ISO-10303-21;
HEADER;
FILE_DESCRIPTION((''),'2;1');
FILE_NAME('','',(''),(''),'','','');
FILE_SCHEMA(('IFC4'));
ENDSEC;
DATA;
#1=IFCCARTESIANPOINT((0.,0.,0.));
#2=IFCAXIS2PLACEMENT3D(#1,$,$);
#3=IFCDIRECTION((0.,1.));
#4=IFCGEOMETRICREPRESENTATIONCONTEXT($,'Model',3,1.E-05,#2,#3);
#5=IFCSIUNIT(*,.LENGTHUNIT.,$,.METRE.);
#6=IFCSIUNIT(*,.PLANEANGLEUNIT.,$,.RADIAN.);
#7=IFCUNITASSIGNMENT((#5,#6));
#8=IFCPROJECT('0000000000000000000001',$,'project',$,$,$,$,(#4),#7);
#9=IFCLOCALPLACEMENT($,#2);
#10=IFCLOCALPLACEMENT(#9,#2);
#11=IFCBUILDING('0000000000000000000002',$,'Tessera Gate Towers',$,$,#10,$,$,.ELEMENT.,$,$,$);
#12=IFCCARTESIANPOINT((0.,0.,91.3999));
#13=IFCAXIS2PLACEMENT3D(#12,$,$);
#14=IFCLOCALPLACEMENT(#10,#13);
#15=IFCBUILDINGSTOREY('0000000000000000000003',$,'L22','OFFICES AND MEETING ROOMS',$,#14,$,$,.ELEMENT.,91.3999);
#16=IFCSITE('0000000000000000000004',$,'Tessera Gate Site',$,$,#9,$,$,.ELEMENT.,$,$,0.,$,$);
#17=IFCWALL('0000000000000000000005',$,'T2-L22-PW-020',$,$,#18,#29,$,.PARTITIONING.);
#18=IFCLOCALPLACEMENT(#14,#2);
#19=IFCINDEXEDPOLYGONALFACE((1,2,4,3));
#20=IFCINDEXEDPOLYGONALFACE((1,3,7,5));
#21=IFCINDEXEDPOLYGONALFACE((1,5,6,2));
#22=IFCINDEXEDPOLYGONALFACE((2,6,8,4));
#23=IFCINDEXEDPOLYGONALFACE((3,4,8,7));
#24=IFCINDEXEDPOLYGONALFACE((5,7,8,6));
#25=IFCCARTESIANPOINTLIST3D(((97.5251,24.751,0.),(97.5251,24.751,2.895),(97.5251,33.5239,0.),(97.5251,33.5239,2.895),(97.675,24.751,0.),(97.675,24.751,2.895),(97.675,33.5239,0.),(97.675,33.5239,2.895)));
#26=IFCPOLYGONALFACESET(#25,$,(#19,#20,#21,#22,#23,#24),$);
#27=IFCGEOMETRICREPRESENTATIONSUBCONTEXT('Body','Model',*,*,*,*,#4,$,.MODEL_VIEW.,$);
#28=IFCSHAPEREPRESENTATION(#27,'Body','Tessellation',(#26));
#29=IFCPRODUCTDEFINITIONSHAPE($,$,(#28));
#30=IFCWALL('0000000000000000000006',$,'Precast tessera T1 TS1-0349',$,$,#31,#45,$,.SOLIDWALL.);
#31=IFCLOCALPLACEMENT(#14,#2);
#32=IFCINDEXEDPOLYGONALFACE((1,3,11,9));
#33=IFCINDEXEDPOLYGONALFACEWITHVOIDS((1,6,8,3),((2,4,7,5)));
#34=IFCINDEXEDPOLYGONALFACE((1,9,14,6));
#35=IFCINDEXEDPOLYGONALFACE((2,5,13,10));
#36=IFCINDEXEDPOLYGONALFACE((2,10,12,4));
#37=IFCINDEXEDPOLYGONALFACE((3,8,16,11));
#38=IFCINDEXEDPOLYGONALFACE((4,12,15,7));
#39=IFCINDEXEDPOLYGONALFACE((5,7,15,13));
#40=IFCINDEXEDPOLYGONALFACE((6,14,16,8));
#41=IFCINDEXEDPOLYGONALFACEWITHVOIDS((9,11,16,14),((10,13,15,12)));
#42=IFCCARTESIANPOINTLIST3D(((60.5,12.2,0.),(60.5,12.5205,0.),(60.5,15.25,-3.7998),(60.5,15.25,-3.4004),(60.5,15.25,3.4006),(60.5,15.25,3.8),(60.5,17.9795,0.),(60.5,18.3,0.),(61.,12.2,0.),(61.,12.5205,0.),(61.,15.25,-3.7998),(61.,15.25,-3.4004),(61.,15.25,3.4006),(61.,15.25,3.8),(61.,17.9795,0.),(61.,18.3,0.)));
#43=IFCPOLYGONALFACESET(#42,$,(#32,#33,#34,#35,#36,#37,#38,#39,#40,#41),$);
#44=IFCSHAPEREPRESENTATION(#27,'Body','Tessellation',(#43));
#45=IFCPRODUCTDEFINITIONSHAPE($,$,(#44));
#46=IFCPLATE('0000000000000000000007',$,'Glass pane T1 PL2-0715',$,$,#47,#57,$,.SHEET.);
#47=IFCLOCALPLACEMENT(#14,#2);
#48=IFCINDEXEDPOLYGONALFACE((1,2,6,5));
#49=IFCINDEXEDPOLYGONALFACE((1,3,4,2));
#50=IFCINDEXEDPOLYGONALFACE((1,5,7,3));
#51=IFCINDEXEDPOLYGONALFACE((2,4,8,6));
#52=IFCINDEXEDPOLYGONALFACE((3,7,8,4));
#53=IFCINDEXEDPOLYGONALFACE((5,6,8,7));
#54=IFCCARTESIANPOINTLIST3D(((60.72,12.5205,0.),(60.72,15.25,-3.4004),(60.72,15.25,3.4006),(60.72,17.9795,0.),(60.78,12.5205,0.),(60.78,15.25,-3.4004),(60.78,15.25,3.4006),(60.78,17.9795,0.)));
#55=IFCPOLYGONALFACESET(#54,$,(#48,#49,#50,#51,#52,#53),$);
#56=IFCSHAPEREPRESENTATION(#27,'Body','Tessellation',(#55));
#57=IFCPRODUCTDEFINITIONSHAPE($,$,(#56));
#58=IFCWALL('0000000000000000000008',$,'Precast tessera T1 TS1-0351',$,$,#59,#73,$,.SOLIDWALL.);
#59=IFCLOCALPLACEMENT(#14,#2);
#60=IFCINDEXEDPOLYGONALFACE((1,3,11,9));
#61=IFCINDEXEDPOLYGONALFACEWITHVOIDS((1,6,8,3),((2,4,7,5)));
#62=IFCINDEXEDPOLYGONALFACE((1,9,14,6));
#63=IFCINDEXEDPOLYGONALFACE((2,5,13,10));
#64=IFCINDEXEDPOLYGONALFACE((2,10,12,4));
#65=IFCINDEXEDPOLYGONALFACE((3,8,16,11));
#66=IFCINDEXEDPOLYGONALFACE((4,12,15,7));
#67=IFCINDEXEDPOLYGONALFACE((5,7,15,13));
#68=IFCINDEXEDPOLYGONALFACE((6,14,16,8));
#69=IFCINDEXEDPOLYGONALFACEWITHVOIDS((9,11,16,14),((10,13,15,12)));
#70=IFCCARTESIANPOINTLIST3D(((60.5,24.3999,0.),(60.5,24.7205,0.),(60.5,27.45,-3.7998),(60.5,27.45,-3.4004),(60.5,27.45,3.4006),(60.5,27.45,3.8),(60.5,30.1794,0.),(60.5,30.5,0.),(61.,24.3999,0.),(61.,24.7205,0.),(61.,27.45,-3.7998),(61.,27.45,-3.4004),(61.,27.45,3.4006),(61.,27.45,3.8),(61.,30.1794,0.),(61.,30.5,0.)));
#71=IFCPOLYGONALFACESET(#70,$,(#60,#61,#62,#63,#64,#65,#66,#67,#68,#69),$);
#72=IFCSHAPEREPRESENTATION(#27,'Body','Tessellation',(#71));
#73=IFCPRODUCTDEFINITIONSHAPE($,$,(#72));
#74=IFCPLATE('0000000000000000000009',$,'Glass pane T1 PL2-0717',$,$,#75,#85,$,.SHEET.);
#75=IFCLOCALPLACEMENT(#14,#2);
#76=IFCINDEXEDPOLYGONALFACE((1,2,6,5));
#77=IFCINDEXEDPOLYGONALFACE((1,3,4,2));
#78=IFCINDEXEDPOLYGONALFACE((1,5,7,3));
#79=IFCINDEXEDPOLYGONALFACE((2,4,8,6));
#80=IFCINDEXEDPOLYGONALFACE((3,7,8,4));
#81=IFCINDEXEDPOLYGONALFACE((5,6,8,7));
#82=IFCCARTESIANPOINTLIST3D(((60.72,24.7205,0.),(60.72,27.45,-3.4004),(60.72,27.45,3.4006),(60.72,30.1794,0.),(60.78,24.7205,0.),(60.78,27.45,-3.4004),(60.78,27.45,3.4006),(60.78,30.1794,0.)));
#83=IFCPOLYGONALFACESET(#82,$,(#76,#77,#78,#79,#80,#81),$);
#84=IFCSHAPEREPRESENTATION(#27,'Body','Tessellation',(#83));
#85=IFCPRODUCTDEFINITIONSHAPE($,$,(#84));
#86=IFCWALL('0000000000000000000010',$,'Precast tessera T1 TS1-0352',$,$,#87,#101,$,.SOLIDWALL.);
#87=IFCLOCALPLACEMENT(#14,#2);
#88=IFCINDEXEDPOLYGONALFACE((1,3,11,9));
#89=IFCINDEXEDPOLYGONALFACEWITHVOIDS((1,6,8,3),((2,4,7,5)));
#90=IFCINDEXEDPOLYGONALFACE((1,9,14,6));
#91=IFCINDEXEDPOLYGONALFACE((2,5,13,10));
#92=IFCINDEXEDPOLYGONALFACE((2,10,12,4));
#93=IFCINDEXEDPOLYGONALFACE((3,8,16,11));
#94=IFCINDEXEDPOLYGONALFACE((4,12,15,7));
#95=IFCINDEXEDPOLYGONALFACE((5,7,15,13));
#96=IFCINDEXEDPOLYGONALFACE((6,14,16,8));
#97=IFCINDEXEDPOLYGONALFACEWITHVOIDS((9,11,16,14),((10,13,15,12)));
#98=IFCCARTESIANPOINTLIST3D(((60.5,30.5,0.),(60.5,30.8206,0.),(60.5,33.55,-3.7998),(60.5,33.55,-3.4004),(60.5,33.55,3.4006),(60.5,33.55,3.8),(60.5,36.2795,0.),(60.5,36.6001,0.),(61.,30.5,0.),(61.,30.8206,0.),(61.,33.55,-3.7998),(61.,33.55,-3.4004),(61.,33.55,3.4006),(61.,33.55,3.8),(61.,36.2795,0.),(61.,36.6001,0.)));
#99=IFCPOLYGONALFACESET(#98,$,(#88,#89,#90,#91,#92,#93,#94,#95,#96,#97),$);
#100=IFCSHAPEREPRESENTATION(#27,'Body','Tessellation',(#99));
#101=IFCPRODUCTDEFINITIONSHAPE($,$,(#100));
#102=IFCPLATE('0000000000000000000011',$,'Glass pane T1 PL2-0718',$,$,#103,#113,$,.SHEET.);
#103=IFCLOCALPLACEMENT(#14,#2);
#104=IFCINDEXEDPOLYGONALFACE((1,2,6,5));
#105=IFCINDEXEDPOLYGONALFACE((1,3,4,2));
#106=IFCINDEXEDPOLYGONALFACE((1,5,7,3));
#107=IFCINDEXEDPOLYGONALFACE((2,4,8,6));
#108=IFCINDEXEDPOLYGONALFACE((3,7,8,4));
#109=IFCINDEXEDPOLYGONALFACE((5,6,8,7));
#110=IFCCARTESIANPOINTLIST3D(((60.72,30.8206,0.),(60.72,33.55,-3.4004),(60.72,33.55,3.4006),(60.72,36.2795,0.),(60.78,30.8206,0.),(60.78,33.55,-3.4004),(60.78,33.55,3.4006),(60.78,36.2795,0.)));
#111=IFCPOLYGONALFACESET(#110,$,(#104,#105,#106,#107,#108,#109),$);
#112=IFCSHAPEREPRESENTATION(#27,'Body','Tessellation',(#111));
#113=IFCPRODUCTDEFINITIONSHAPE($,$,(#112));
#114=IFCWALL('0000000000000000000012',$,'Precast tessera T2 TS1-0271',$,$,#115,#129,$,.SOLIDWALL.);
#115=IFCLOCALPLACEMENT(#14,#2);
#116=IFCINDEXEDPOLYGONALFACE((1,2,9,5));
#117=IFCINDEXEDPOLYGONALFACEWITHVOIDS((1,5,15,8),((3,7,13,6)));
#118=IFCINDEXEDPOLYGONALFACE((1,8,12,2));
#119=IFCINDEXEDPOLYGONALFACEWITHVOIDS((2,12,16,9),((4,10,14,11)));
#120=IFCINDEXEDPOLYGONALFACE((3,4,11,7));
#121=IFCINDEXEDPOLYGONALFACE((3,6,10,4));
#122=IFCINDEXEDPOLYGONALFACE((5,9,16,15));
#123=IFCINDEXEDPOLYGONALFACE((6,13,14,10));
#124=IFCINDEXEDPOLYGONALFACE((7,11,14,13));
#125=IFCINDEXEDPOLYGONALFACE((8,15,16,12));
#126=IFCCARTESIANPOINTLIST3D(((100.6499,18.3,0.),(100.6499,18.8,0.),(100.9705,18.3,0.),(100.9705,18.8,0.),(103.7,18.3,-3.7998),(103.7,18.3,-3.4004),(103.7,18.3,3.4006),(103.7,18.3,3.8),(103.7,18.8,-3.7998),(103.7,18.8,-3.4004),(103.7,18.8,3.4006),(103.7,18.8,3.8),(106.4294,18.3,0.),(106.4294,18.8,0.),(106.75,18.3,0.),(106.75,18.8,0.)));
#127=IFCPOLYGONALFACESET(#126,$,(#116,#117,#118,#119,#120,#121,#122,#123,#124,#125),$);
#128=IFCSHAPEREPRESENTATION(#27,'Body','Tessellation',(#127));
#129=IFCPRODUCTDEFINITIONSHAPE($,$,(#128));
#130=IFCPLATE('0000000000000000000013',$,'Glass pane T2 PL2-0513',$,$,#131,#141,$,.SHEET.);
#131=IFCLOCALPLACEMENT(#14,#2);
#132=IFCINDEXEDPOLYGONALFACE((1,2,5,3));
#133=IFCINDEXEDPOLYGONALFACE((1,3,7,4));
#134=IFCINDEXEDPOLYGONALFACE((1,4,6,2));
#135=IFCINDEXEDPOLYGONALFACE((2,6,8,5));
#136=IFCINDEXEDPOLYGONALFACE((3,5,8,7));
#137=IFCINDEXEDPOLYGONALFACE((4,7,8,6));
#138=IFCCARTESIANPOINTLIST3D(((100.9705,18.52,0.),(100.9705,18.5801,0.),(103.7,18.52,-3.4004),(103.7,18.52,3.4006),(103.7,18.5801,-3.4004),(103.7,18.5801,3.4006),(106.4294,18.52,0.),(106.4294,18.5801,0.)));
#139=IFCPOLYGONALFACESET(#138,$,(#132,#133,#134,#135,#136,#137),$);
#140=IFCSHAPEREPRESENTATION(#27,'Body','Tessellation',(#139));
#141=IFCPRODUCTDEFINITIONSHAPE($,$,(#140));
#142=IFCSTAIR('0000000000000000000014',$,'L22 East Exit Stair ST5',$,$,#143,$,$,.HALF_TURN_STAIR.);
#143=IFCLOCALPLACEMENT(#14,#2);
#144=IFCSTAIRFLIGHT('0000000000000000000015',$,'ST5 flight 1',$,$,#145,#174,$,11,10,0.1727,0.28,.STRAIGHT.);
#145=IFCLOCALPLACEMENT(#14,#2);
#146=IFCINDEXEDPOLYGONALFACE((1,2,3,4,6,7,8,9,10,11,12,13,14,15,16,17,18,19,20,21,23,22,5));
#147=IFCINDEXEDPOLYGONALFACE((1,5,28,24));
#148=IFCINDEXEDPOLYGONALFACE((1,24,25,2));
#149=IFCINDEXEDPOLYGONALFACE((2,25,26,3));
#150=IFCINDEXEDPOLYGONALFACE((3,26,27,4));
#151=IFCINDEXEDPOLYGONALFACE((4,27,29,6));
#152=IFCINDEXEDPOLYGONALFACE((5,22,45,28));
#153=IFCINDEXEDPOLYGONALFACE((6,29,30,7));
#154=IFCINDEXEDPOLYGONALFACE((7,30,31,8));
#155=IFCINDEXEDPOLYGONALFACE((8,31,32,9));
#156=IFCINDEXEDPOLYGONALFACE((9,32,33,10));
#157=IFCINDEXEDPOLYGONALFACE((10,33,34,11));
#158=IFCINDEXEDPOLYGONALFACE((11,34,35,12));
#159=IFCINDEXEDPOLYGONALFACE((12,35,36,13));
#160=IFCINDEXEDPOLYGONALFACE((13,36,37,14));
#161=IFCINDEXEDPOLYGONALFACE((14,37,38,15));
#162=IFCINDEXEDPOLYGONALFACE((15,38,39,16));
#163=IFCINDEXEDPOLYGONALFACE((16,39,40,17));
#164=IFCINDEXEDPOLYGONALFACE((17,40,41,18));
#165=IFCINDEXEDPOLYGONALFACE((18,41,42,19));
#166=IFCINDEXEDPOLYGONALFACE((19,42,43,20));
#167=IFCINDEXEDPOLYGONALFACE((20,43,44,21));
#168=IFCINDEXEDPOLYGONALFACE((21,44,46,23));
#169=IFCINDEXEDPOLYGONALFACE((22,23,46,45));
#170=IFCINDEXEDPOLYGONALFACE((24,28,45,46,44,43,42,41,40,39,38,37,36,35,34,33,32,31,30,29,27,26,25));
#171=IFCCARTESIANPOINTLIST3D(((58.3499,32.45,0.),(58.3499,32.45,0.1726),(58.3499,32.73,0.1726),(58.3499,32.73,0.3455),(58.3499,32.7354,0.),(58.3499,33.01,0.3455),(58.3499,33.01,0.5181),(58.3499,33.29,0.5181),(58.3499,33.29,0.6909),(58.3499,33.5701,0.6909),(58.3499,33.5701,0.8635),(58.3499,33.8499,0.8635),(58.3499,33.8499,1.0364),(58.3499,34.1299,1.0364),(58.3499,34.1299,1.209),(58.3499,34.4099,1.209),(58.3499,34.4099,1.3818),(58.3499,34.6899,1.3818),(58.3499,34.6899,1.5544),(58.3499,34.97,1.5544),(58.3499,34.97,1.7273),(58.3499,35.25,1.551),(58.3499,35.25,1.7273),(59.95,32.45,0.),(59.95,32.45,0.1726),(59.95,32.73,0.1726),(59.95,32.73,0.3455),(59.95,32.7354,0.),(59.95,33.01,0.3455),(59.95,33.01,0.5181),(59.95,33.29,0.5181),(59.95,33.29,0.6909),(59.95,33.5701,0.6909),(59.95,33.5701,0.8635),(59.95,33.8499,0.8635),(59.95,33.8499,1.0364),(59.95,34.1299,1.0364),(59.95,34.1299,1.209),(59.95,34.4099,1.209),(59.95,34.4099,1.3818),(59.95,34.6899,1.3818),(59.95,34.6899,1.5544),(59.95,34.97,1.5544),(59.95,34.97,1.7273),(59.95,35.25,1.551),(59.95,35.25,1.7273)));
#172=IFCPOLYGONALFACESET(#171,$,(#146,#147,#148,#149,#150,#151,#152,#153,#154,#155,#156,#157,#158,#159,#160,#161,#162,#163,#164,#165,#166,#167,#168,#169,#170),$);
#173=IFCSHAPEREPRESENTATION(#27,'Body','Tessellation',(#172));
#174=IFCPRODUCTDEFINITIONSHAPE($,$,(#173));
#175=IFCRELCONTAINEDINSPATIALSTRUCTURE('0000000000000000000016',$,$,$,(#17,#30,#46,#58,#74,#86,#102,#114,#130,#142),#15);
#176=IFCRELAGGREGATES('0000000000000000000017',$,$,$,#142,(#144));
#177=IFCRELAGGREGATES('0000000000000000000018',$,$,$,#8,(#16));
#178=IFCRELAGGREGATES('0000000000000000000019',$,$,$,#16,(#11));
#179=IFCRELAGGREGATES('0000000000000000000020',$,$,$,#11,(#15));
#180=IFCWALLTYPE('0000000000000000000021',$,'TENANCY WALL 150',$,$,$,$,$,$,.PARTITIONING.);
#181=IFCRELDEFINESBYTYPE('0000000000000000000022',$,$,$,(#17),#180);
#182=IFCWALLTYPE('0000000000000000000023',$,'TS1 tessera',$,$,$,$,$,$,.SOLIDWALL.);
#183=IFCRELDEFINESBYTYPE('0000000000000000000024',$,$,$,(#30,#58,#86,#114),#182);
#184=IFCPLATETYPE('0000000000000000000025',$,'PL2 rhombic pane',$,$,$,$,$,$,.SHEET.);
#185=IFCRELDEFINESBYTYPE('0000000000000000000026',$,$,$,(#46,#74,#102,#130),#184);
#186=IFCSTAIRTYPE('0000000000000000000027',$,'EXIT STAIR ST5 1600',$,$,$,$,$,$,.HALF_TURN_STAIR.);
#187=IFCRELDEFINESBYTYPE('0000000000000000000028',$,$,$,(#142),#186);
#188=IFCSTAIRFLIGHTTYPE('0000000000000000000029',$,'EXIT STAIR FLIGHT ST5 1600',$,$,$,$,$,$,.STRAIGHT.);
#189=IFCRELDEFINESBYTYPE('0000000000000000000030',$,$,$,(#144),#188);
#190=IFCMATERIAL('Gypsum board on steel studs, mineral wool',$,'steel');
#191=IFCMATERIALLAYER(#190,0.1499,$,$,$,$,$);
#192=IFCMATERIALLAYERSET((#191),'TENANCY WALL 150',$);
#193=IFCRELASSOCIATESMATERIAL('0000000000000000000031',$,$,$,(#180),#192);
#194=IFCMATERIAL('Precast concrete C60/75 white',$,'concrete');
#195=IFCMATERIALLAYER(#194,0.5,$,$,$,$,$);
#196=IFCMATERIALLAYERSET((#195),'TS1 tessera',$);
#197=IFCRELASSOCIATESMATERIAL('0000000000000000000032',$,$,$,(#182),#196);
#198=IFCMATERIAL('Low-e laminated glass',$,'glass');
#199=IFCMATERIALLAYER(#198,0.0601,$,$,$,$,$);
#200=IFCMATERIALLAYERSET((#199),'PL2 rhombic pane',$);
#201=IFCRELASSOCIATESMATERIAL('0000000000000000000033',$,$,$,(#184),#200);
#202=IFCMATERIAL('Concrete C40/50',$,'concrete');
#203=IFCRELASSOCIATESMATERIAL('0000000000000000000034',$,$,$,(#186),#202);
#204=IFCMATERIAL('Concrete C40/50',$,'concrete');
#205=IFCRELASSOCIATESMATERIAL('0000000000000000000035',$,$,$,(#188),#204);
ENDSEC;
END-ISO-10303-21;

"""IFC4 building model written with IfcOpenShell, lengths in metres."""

from ifc_helpers import new_model, si_unit, direction, frame, frame_2d, origin, place, context, subcontext, project, spatial, polyline, rectangle, outline, extrude, source, transform, mapped, material, layer, layer_set, type_object, element, fill, aggregate, save


model = new_model("IFC4")

# Units and contexts
model_context = context("Model", 3, precision=1e-05, world=origin(), true_north=direction((0.0, 1.0)))
body_context = subcontext(model_context, "Body", "Model", "MODEL_VIEW")
ifc_project = project(units=[si_unit("LENGTHUNIT", "METRE"), si_unit("PLANEANGLEUNIT", "RADIAN")], contexts=[model_context])

# Site, building, storey
site_placement = place(None, origin())
site = spatial("IfcSite", under=ifc_project, at=site_placement, Name="Tessera Gate Site", CompositionType="ELEMENT", RefElevation=0.0)
building_placement = place(site_placement, origin())
building = spatial("IfcBuilding", under=site, at=building_placement, Name="Tessera Gate Towers", CompositionType="ELEMENT")
storey_placement = place(building_placement, frame((0.0, 0.0, 91.3999)))
storey = spatial("IfcBuildingStorey", under=building, at=storey_placement, Name="L22", Description="OFFICES AND MEETING ROOMS", CompositionType="ELEMENT", Elevation=91.3999)

# Wall
ifc_material_1 = material(Name="Gypsum board on steel studs, mineral wool", Category="steel")
ifc_layer_1 = layer(ifc_material_1, 0.1499)
ifc_layer_set_1 = layer_set([ifc_layer_1], Name="TENANCY WALL 150")
wall_type_1 = type_object("IfcWallType", Name="TENANCY WALL 150", PredefinedType="PARTITIONING", material=ifc_layer_set_1)
wall_1_placement = place(storey_placement, frame((97.6001, 24.751, 0.0), z_axis=(0.0, 0.0, 1.0), x_axis=(0.0, 1.0, 0.0)))
element("IfcWall", 1, at=wall_1_placement, inside=storey, type_object=wall_type_1, Name="T2-L22-PW-020", PredefinedType="PARTITIONING", context=body_context, shape_type="SweptSolid", body=[
    extrude(rectangle(XDim=8.7729, YDim=0.1499, at=frame_2d((4.3865, 0.0))), origin(), (0.0, 0.0, 1.0), 2.895),
])

# Walls, openings, plates
ifc_material_2 = material(Name="Precast concrete C60/75 white", Category="concrete")
ifc_layer_2 = layer(ifc_material_2, 0.5)
ifc_layer_set_2 = layer_set([ifc_layer_2], Name="TS1 tessera")
wall_type_2 = type_object("IfcWallType", Name="TS1 tessera", PredefinedType="SOLIDWALL", material=ifc_layer_set_2)
shared_shape_1 = source(origin(), body_context, "Body", "SweptSolid", [
    extrude(outline(polyline([(3.05, 0.0), (6.1001, 3.7998), (3.05, 7.5999), (0.0, 3.7998), (3.05, 0.0)])), frame((0.0, 0.25, 0.0), z_axis=(0.0, -1.0, 0.0), x_axis=(1.0, 0.0, 0.0)), (0.0, 0.0, 1.0), 0.5),
])
wall_2_placement = place(storey_placement, frame((60.75, 12.2, -3.7998), z_axis=(0.0, 0.0, 1.0), x_axis=(0.0, 1.0, 0.0)))
wall_2 = element("IfcWall", 2, at=wall_2_placement, inside=storey, type_object=wall_type_2, Name="Precast tessera T1 TS1-0349", PredefinedType="SOLIDWALL", context=body_context, shape_type="MappedRepresentation", body=[
    mapped(shared_shape_1, transform((0.0, 0.0, 0.0), scale=1.0)),
])
shared_shape_2 = source(origin(), body_context, "Body", "SweptSolid", [
    extrude(outline(polyline([(3.05, 0.3994), (5.7795, 3.7998), (3.05, 7.2004), (0.3206, 3.7998), (3.05, 0.3994)])), frame((0.0, 0.26, 0.0), z_axis=(0.0, -1.0, 0.0), x_axis=(1.0, 0.0, 0.0)), (0.0, 0.0, 1.0), 0.52),
])
opening_1_placement = place(wall_2_placement, origin())
opening_1 = element("IfcOpeningElement", 3, at=opening_1_placement, cuts=wall_2, PredefinedType="OPENING", context=body_context, shape_type="MappedRepresentation", body=[
    mapped(shared_shape_2, transform((0.0, 0.0, 0.0), scale=1.0)),
])
ifc_material_3 = material(Name="Low-e laminated glass", Category="glass")
ifc_layer_3 = layer(ifc_material_3, 0.0601)
ifc_layer_set_3 = layer_set([ifc_layer_3], Name="PL2 rhombic pane")
plate_type = type_object("IfcPlateType", Name="PL2 rhombic pane", PredefinedType="SHEET", material=ifc_layer_set_3)
shared_shape_3 = source(origin(), body_context, "Body", "SweptSolid", [
    extrude(outline(polyline([(3.05, 0.3994), (5.7795, 3.7998), (3.05, 7.2004), (0.3206, 3.7998), (3.05, 0.3994)])), frame((0.0, 0.03, 0.0), z_axis=(0.0, -1.0, 0.0), x_axis=(1.0, 0.0, 0.0)), (0.0, 0.0, 1.0), 0.0601),
])
plate_1_placement = place(opening_1_placement, origin())
plate_1 = element("IfcPlate", 4, at=plate_1_placement, inside=storey, type_object=plate_type, Name="Glass pane T1 PL2-0715", PredefinedType="SHEET", context=body_context, shape_type="MappedRepresentation", body=[
    mapped(shared_shape_3, transform((0.0, 0.0, 0.0), scale=1.0)),
])
fill(opening_1, plate_1)
wall_3_placement = place(storey_placement, frame((60.75, 24.3999, -3.7998), z_axis=(0.0, 0.0, 1.0), x_axis=(0.0, 1.0, 0.0)))
wall_3 = element("IfcWall", 5, at=wall_3_placement, inside=storey, type_object=wall_type_2, Name="Precast tessera T1 TS1-0351", PredefinedType="SOLIDWALL", context=body_context, shape_type="MappedRepresentation", body=[
    mapped(shared_shape_1, transform((0.0, 0.0, 0.0), scale=1.0)),
])
opening_2_placement = place(wall_3_placement, origin())
opening_2 = element("IfcOpeningElement", 6, at=opening_2_placement, cuts=wall_3, PredefinedType="OPENING", context=body_context, shape_type="MappedRepresentation", body=[
    mapped(shared_shape_2, transform((0.0, 0.0, 0.0), scale=1.0)),
])
plate_2_placement = place(opening_2_placement, origin())
plate_2 = element("IfcPlate", 7, at=plate_2_placement, inside=storey, type_object=plate_type, Name="Glass pane T1 PL2-0717", PredefinedType="SHEET", context=body_context, shape_type="MappedRepresentation", body=[
    mapped(shared_shape_3, transform((0.0, 0.0, 0.0), scale=1.0)),
])
fill(opening_2, plate_2)
wall_4_placement = place(storey_placement, frame((60.75, 30.5, -3.7998), z_axis=(0.0, 0.0, 1.0), x_axis=(0.0, 1.0, 0.0)))
wall_4 = element("IfcWall", 8, at=wall_4_placement, inside=storey, type_object=wall_type_2, Name="Precast tessera T1 TS1-0352", PredefinedType="SOLIDWALL", context=body_context, shape_type="MappedRepresentation", body=[
    mapped(shared_shape_1, transform((0.0, 0.0, 0.0), scale=1.0)),
])
opening_3_placement = place(wall_4_placement, origin())
opening_3 = element("IfcOpeningElement", 9, at=opening_3_placement, cuts=wall_4, PredefinedType="OPENING", context=body_context, shape_type="MappedRepresentation", body=[
    mapped(shared_shape_2, transform((0.0, 0.0, 0.0), scale=1.0)),
])
plate_3_placement = place(opening_3_placement, origin())
plate_3 = element("IfcPlate", 10, at=plate_3_placement, inside=storey, type_object=plate_type, Name="Glass pane T1 PL2-0718", PredefinedType="SHEET", context=body_context, shape_type="MappedRepresentation", body=[
    mapped(shared_shape_3, transform((0.0, 0.0, 0.0), scale=1.0)),
])
fill(opening_3, plate_3)
wall_5_placement = place(storey_placement, frame((100.6499, 18.55, -3.7998), z_axis=(0.0, 0.0, 1.0), x_axis=(1.0, 0.0, 0.0)))
wall_5 = element("IfcWall", 11, at=wall_5_placement, inside=storey, type_object=wall_type_2, Name="Precast tessera T2 TS1-0271", PredefinedType="SOLIDWALL", context=body_context, shape_type="MappedRepresentation", body=[
    mapped(shared_shape_1, transform((0.0, 0.0, 0.0), scale=1.0)),
])
opening_4_placement = place(wall_5_placement, origin())
opening_4 = element("IfcOpeningElement", 12, at=opening_4_placement, cuts=wall_5, PredefinedType="OPENING", context=body_context, shape_type="MappedRepresentation", body=[
    mapped(shared_shape_2, transform((0.0, 0.0, 0.0), scale=1.0)),
])
plate_4_placement = place(opening_4_placement, origin())
plate_4 = element("IfcPlate", 13, at=plate_4_placement, inside=storey, type_object=plate_type, Name="Glass pane T2 PL2-0513", PredefinedType="SHEET", context=body_context, shape_type="MappedRepresentation", body=[
    mapped(shared_shape_3, transform((0.0, 0.0, 0.0), scale=1.0)),
])
fill(opening_4, plate_4)

# Stair, stair flight
ifc_material_4 = material(Name="Concrete C40/50", Category="concrete")
stair_type = type_object("IfcStairType", Name="EXIT STAIR ST5 1600", PredefinedType="HALF_TURN_STAIR", material=ifc_material_4)
stair_placement = place(storey_placement, origin())
stair = element("IfcStair", 14, at=stair_placement, inside=storey, type_object=stair_type, Name="L22 East Exit Stair ST5", PredefinedType="HALF_TURN_STAIR")
ifc_material_5 = material(Name="Concrete C40/50", Category="concrete")
stair_flight_type = type_object("IfcStairFlightType", Name="EXIT STAIR FLIGHT ST5 1600", PredefinedType="STRAIGHT", material=ifc_material_5)
stair_flight_placement = place(storey_placement, frame((59.1499, 32.45, 0.0), z_axis=(0.0, 0.0, 1.0), x_axis=(0.0, 1.0, 0.0)))
stair_flight = element("IfcStairFlight", 15, at=stair_flight_placement, type_object=stair_flight_type, Name="ST5 flight 1", NumberOfRisers=11, NumberOfTreads=10, PredefinedType="STRAIGHT", RiserHeight=0.1727, TreadLength=0.28, context=body_context, shape_type="SweptSolid", body=[
    extrude(outline(polyline([(0.0, 0.0), (0.0, 0.1726), (0.28, 0.1726), (0.28, 0.3455), (0.5601, 0.3455), (0.5601, 0.5181), (0.8401, 0.5181), (0.8401, 0.6909), (1.1201, 0.6909), (1.1201, 0.8635), (1.3999, 0.8635), (1.3999, 1.0364), (1.6799, 1.0364), (1.6799, 1.209), (1.96, 1.209), (1.96, 1.3818), (2.24, 1.3818), (2.24, 1.5544), (2.52, 1.5544), (2.52, 1.7273), (2.8, 1.7273), (2.8, 1.8999), (2.8, 1.551), (0.2854, 0.0), (0.0, 0.0)])), frame((0.0, 0.8, 0.0), z_axis=(0.0, -1.0, 0.0), x_axis=(1.0, 0.0, 0.0)), (0.0, 0.0, 1.0), 1.6001),
])
aggregate(stair, [stair_flight])

save(model, "model.ifc")
